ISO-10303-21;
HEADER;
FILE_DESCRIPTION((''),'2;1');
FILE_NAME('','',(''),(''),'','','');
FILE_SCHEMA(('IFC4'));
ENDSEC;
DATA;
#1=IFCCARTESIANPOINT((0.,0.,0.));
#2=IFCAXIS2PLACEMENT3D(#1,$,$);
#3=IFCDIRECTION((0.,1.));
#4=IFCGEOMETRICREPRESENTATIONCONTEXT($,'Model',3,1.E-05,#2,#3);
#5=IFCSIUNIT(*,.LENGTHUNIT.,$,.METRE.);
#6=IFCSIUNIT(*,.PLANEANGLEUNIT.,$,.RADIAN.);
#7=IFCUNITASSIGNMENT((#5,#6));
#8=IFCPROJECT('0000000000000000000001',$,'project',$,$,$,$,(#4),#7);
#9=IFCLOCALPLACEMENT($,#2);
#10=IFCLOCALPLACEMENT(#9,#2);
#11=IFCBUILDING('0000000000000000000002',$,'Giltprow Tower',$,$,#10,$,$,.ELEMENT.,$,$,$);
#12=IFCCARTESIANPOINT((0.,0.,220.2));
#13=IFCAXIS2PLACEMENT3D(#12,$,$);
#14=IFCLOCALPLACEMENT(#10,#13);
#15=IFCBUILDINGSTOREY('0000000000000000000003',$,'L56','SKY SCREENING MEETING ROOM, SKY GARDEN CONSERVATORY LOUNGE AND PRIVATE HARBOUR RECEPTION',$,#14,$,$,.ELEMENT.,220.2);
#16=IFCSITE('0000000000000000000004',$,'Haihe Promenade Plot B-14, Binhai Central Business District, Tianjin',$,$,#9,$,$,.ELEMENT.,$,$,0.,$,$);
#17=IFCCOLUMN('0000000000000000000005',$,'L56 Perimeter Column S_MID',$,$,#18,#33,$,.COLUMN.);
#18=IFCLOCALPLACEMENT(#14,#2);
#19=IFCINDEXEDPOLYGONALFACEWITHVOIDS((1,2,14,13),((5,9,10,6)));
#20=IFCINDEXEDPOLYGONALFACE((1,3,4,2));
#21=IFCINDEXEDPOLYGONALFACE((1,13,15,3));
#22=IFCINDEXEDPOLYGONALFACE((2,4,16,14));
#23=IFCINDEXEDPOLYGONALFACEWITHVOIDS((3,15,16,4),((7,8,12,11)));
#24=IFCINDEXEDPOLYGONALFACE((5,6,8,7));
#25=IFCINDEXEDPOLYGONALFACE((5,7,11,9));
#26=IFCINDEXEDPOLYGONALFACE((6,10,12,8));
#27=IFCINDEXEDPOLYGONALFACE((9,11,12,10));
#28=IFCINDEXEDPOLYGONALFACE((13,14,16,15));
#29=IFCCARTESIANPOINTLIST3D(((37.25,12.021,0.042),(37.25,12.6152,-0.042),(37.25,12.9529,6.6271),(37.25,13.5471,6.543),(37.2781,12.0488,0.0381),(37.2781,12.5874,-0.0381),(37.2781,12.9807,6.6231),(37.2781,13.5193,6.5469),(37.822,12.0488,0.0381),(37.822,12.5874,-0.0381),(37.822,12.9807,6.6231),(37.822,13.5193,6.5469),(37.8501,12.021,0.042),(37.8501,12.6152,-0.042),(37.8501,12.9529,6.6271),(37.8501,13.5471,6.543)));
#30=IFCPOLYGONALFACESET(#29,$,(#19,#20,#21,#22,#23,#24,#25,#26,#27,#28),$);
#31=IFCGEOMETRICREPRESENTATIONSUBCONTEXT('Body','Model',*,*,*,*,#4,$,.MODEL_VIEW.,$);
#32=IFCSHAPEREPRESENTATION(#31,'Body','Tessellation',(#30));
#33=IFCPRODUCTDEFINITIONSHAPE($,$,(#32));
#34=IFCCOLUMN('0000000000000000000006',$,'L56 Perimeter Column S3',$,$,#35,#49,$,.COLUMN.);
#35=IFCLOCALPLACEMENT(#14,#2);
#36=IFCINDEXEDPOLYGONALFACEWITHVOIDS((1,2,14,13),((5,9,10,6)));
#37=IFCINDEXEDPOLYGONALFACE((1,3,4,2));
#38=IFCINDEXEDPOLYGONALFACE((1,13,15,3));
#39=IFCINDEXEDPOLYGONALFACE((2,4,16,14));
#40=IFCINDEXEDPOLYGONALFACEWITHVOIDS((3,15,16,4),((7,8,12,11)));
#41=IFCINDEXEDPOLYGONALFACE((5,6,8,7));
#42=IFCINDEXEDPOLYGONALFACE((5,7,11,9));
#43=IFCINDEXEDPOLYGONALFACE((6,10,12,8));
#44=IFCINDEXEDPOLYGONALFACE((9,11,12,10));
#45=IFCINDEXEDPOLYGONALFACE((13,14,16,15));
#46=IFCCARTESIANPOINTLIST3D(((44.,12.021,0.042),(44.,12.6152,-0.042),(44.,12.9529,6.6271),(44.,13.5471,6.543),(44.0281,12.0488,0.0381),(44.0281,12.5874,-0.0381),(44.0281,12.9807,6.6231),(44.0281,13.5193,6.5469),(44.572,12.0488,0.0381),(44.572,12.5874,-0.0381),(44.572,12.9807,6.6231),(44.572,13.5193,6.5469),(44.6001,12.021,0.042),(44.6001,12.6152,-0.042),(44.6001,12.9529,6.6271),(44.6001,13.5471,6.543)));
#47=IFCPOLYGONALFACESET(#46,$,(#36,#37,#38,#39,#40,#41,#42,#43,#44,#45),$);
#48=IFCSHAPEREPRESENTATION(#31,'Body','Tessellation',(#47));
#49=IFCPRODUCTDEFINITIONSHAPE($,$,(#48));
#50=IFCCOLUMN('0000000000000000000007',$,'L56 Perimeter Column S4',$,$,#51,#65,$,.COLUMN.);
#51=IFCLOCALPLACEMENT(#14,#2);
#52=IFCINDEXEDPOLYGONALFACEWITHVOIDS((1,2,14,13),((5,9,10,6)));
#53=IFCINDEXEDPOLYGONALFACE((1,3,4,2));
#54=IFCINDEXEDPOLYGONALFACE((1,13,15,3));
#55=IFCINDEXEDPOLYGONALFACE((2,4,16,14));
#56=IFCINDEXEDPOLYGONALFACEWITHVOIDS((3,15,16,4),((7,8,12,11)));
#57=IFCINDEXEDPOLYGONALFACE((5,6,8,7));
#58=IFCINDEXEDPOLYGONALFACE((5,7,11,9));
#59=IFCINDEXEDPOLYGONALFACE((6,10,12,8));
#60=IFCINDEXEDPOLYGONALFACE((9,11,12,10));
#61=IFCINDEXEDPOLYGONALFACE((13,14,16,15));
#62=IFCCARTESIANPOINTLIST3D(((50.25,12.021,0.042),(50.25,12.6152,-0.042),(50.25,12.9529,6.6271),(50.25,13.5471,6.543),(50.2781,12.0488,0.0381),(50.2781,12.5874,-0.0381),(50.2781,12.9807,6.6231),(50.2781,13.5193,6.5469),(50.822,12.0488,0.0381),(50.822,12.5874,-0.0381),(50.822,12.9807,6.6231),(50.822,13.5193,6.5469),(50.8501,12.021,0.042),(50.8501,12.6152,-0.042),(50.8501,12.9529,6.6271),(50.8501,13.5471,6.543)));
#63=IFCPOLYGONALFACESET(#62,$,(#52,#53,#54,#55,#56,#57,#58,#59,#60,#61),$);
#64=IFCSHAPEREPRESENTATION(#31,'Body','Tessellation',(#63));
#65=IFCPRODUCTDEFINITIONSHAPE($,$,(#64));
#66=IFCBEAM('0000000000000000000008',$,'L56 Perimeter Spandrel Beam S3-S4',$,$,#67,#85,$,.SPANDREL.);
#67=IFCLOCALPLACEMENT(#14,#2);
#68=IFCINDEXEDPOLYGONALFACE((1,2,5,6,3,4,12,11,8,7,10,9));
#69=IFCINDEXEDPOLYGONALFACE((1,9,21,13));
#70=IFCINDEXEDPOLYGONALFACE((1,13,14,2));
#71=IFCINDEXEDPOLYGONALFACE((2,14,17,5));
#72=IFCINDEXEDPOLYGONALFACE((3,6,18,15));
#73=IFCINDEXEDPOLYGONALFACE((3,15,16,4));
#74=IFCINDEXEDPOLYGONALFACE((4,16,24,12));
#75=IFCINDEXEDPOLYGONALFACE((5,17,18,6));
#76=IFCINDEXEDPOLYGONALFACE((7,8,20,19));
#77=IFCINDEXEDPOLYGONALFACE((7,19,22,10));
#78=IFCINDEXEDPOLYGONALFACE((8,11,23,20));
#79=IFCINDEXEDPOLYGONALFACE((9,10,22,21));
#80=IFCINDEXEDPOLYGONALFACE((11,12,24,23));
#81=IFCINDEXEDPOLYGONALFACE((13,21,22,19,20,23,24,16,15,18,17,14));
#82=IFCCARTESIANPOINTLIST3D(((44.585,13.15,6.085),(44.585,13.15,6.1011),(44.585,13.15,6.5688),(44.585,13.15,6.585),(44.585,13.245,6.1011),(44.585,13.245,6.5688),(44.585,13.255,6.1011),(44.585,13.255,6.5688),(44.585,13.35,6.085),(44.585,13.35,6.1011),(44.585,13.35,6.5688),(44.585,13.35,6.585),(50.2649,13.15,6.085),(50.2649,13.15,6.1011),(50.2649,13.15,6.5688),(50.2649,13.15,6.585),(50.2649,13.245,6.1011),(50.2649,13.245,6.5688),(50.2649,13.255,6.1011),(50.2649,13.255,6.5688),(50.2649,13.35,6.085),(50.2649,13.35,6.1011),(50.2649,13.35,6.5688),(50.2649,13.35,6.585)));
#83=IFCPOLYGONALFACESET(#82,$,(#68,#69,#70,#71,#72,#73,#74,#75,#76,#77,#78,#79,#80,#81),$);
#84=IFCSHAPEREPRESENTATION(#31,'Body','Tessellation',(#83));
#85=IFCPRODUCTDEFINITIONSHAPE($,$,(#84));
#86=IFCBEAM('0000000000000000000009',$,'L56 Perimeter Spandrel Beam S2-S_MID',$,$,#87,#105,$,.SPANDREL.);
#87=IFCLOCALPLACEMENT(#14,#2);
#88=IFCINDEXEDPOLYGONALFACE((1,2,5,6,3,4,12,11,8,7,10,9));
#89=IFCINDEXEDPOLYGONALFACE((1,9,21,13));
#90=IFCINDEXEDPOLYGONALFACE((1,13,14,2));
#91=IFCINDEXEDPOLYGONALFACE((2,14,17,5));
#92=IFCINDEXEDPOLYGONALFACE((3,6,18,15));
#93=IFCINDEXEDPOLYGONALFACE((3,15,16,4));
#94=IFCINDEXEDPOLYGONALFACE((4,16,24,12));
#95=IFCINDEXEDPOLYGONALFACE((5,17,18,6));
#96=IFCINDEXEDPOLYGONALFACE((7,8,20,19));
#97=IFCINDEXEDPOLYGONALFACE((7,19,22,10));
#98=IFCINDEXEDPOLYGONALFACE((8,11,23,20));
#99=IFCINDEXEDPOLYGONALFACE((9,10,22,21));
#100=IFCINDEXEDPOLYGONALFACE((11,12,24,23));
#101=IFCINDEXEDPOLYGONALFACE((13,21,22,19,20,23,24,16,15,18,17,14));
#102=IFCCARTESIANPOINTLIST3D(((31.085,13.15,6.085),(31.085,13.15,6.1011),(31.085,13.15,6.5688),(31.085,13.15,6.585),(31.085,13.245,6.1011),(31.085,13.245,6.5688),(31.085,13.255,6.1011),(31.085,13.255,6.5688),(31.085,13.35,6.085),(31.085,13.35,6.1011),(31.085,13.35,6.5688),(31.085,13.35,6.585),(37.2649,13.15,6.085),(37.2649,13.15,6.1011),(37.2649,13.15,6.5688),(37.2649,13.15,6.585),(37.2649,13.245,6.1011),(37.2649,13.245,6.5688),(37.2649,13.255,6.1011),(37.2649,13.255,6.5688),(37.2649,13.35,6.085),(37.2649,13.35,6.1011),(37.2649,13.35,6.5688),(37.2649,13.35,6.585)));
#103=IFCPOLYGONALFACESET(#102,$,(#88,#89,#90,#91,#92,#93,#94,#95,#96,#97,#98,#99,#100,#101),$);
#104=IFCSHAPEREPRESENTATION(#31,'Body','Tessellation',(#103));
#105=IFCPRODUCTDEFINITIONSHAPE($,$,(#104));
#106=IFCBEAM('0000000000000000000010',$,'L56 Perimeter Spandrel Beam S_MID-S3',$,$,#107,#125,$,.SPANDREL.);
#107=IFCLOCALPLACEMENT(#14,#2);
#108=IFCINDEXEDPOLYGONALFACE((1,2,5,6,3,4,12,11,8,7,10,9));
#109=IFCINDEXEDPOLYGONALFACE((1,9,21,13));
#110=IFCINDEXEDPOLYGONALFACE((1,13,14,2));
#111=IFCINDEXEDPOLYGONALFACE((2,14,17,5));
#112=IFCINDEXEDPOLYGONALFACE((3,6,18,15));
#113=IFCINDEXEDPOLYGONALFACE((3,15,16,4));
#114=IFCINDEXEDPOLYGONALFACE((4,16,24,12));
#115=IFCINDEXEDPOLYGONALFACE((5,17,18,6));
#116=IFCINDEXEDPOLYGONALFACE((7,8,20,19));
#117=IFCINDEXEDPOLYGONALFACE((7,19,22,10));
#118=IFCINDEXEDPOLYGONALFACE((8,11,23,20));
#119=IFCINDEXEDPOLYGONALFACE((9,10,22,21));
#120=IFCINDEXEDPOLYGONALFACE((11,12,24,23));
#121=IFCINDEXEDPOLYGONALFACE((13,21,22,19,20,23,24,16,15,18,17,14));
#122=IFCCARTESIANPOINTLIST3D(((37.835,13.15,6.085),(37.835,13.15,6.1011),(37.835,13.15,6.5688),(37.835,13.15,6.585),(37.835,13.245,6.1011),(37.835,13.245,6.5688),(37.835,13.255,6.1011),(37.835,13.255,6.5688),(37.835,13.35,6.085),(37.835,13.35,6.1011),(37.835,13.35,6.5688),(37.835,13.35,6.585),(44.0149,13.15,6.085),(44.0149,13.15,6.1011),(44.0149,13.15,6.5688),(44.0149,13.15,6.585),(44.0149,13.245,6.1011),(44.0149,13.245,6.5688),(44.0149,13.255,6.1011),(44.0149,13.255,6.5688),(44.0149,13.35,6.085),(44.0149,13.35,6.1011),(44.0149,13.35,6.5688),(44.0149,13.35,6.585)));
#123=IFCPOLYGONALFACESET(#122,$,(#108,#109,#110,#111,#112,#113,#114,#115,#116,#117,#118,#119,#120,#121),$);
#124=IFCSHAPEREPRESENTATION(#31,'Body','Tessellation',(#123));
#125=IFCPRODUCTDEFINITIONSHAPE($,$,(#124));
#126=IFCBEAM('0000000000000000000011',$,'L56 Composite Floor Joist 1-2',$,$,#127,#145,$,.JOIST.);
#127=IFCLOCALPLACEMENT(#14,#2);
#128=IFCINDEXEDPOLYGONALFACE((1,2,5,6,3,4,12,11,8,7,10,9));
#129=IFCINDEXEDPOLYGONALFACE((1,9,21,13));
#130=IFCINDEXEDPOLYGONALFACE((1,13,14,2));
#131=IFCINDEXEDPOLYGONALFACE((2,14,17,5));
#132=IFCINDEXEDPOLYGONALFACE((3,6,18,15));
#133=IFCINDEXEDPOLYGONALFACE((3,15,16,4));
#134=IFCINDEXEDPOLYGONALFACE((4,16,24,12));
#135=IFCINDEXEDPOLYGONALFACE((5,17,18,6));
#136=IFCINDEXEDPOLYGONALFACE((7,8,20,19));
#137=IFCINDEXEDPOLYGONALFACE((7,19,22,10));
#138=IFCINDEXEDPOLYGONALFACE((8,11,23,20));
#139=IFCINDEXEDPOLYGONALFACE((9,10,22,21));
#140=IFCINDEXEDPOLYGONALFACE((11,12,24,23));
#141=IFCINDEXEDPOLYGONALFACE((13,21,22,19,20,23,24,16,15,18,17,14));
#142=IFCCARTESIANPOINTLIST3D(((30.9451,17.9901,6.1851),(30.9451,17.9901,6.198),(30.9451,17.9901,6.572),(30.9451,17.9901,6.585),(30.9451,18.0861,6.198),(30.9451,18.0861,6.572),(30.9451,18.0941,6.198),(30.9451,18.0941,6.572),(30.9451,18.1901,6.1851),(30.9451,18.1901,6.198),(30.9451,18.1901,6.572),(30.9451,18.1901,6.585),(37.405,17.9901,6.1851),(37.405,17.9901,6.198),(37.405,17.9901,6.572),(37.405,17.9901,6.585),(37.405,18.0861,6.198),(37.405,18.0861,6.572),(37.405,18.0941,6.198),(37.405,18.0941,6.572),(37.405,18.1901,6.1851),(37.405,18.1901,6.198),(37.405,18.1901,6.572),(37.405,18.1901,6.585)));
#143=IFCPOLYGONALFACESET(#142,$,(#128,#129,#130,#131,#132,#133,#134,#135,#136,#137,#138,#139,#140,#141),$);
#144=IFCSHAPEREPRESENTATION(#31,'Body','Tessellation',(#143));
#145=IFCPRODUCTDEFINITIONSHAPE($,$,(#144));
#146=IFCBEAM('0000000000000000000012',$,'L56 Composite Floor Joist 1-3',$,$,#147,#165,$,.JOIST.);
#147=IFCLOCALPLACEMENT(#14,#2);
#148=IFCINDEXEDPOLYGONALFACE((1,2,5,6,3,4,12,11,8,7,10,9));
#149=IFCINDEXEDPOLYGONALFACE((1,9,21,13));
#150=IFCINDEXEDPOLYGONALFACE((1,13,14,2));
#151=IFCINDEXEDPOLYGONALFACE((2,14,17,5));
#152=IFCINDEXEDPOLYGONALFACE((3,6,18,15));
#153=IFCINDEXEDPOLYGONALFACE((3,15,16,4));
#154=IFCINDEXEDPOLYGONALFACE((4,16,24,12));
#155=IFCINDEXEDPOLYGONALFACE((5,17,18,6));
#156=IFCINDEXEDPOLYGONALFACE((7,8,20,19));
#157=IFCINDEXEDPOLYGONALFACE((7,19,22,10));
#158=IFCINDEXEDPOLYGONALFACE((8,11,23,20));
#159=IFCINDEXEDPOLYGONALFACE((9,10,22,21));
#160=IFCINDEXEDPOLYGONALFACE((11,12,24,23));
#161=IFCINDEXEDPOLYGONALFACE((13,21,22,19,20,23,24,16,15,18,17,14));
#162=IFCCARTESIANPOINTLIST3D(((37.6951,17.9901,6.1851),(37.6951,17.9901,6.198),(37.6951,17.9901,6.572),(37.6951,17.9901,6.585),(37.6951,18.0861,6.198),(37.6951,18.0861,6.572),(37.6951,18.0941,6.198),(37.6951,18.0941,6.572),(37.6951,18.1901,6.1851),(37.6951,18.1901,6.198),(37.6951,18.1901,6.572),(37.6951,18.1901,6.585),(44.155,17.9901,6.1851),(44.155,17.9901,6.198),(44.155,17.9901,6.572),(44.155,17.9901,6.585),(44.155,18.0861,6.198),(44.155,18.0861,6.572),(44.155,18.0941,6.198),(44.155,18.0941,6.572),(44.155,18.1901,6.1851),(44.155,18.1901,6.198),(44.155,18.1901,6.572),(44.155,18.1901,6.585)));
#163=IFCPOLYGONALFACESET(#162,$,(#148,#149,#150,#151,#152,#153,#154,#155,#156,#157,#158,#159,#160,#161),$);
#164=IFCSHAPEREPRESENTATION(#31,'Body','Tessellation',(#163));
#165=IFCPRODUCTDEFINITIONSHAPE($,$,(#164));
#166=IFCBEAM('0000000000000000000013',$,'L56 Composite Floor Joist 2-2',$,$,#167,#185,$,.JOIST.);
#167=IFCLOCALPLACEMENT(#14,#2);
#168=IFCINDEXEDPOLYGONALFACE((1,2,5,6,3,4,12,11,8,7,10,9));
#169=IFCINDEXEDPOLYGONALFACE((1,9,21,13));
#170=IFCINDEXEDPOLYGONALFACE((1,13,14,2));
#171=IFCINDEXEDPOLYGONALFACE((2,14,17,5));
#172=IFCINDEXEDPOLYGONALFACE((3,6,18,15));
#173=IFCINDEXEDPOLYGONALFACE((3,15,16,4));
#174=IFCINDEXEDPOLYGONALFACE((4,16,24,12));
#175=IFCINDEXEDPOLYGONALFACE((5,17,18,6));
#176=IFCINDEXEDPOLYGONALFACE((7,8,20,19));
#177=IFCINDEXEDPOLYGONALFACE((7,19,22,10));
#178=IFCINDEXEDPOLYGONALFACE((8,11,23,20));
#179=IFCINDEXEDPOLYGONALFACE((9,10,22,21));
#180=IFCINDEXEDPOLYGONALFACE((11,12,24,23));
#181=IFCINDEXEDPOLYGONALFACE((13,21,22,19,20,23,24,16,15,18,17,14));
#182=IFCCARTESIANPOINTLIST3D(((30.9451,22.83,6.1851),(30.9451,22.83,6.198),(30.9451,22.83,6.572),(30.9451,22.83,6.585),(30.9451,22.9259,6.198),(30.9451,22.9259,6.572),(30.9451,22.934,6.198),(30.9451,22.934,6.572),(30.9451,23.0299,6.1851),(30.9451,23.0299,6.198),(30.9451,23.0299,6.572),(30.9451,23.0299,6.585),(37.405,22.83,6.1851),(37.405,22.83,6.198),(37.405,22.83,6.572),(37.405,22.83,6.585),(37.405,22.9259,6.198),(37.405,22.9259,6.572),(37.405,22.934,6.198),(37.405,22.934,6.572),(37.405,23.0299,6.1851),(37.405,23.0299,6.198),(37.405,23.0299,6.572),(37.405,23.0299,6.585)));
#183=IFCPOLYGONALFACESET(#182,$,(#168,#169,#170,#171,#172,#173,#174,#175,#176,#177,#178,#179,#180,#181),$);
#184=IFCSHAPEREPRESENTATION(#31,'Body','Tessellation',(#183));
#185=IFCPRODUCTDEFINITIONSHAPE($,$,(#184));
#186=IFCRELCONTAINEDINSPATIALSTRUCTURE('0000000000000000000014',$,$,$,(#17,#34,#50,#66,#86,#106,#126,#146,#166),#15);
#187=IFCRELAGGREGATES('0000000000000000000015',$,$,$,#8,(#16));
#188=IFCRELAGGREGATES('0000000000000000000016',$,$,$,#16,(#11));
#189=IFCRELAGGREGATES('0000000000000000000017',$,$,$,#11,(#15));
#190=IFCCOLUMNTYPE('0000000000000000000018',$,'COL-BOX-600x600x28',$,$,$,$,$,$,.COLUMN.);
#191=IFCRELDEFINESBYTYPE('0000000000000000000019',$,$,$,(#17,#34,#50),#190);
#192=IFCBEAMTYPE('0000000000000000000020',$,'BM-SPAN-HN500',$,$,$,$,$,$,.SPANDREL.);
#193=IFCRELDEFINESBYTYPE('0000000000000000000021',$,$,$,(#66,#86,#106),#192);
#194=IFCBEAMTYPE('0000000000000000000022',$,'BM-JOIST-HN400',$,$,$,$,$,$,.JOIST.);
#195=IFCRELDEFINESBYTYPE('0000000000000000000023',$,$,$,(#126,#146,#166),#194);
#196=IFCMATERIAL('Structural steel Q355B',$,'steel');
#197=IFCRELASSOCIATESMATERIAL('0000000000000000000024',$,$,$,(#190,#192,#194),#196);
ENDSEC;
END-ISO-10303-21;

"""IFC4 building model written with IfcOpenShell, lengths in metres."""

from ifc_helpers import new_model, si_unit, direction, frame, origin, origin_2d, place, context, subcontext, project, spatial, hollow_rectangle, i_section, extrude, source, transform, mapped, material, material_profile, profile_set, type_object, element, save


model = new_model("IFC4")

# Units and contexts
model_context = context("Model", 3, precision=1e-05, world=origin(), true_north=direction((0.0, 1.0)))
body_context = subcontext(model_context, "Body", "Model", "MODEL_VIEW")
ifc_project = project(units=[si_unit("LENGTHUNIT", "METRE"), si_unit("PLANEANGLEUNIT", "RADIAN")], contexts=[model_context])

# Site, building, storey
site_placement = place(None, origin())
site = spatial("IfcSite", under=ifc_project, at=site_placement, Name="Haihe Promenade Plot B-14, Binhai Central Business District, Tianjin", CompositionType="ELEMENT", RefElevation=0.0)
building_placement = place(site_placement, origin())
building = spatial("IfcBuilding", under=site, at=building_placement, Name="Giltprow Tower", CompositionType="ELEMENT")
storey_placement = place(building_placement, frame((0.0, 0.0, 220.2)))
storey = spatial("IfcBuildingStorey", under=building, at=storey_placement, Name="L56", Description="SKY SCREENING MEETING ROOM, SKY GARDEN CONSERVATORY LOUNGE AND PRIVATE HARBOUR RECEPTION", CompositionType="ELEMENT", Elevation=220.2)

# Columns
ifc_material_1 = material(Name="Structural steel Q355B", Category="steel")
ifc_material_profile_1 = material_profile(ifc_material_1, hollow_rectangle(XDim=0.6001, YDim=0.6001, WallThickness=0.0281, at=origin_2d()), Name="BOX 600x600x28")
ifc_profile_set_1 = profile_set([ifc_material_profile_1], Name="Structural steel Q355B")
column_type = type_object("IfcColumnType", Name="COL-BOX-600x600x28", PredefinedType="COLUMN", material=ifc_profile_set_1)
shared_shape_1 = source(origin(), body_context, "Body", "SweptSolid", [
    extrude(hollow_rectangle(XDim=0.6001, YDim=0.6001, WallThickness=0.0281, at=origin_2d()), origin(), (0.0, 0.0, 1.0), 6.6506),
])
for number, where, z_axis, x_axis, name in (
    (1, (37.55, 12.3181, 0.0), (0.0, 0.140121, 0.990134), (-1.0, 0.0, 0.0), "L56 Perimeter Column S_MID"),
    (2, (44.3, 12.3181, 0.0), (0.0, 0.140121, 0.990134), (-1.0, 0.0, 0.0), "L56 Perimeter Column S3"),
    (3, (50.55, 12.3181, 0.0), (0.0, 0.140121, 0.990134), (-1.0, 0.0, 0.0), "L56 Perimeter Column S4"),
):
    element("IfcColumn", number, at=place(storey_placement, frame(where, z_axis=z_axis, x_axis=x_axis)), inside=storey, type_object=column_type, Name=name, PredefinedType="COLUMN", context=body_context, shape_type="MappedRepresentation", body=[
        mapped(shared_shape_1, transform((0.0, 0.0, 0.0), x_axis=(1.0, 0.0, 0.0), y_axis=(0.0, 1.0, 0.0), z_axis=(0.0, 0.0, 1.0), scale=1.0)),
    ])

# Beams
ifc_material_profile_2 = material_profile(ifc_material_1, i_section(OverallWidth=0.2, OverallDepth=0.5, WebThickness=0.01, FlangeThickness=0.0161, at=origin_2d()), Name="HN 500x200x10x16")
ifc_profile_set_2 = profile_set([ifc_material_profile_2], Name="Structural steel Q355B")
beam_type_1 = type_object("IfcBeamType", Name="BM-SPAN-HN500", PredefinedType="SPANDREL", material=ifc_profile_set_2)
shared_shape_2 = source(origin(), body_context, "Body", "SweptSolid", [
    extrude(i_section(OverallWidth=0.2, OverallDepth=0.5, WebThickness=0.01, FlangeThickness=0.0161, at=origin_2d()), origin(), (0.0, 0.0, 1.0), 5.6799),
])
beam_1_placement = place(storey_placement, frame((44.585, 13.25, 6.335), z_axis=(1.0, 0.0, 0.0), x_axis=(0.0, 1.0, 0.0)))
element("IfcBeam", 4, at=beam_1_placement, inside=storey, type_object=beam_type_1, Name="L56 Perimeter Spandrel Beam S3-S4", PredefinedType="SPANDREL", context=body_context, shape_type="MappedRepresentation", body=[
    mapped(shared_shape_2, transform((0.0, 0.0, 0.0), x_axis=(1.0, 0.0, 0.0), y_axis=(0.0, 1.0, 0.0), z_axis=(0.0, 0.0, 1.0), scale=1.0)),
])
shared_shape_3 = source(origin(), body_context, "Body", "SweptSolid", [
    extrude(i_section(OverallWidth=0.2, OverallDepth=0.5, WebThickness=0.01, FlangeThickness=0.0161, at=origin_2d()), origin(), (0.0, 0.0, 1.0), 6.1799),
])
for number, where, z_axis, x_axis, name in (
    (5, (31.085, 13.25, 6.335), (1.0, 0.0, 0.0), (0.0, 1.0, 0.0), "L56 Perimeter Spandrel Beam S2-S_MID"),
    (6, (37.835, 13.25, 6.335), (1.0, 0.0, 0.0), (0.0, 1.0, 0.0), "L56 Perimeter Spandrel Beam S_MID-S3"),
):
    element("IfcBeam", number, at=place(storey_placement, frame(where, z_axis=z_axis, x_axis=x_axis)), inside=storey, type_object=beam_type_1, Name=name, PredefinedType="SPANDREL", context=body_context, shape_type="MappedRepresentation", body=[
        mapped(shared_shape_3, transform((0.0, 0.0, 0.0), x_axis=(1.0, 0.0, 0.0), y_axis=(0.0, 1.0, 0.0), z_axis=(0.0, 0.0, 1.0), scale=1.0)),
    ])
ifc_material_profile_3 = material_profile(ifc_material_1, i_section(OverallWidth=0.2, OverallDepth=0.3999, WebThickness=0.0081, FlangeThickness=0.0129, at=origin_2d()), Name="HN 400x200x8x13")
ifc_profile_set_3 = profile_set([ifc_material_profile_3], Name="Structural steel Q355B")
beam_type_2 = type_object("IfcBeamType", Name="BM-JOIST-HN400", PredefinedType="JOIST", material=ifc_profile_set_3)
shared_shape_4 = source(origin(), body_context, "Body", "SweptSolid", [
    extrude(i_section(OverallWidth=0.2, OverallDepth=0.3999, WebThickness=0.0081, FlangeThickness=0.0129, at=origin_2d()), origin(), (0.0, 0.0, 1.0), 6.46),
])
for number, where, z_axis, x_axis, name in (
    (7, (30.9451, 18.0901, 6.385), (1.0, 0.0, 0.0), (0.0, 1.0, 0.0), "L56 Composite Floor Joist 1-2"),
    (8, (37.6951, 18.0901, 6.385), (1.0, 0.0, 0.0), (0.0, 1.0, 0.0), "L56 Composite Floor Joist 1-3"),
    (9, (30.9451, 22.9299, 6.385), (1.0, 0.0, 0.0), (0.0, 1.0, 0.0), "L56 Composite Floor Joist 2-2"),
):
    element("IfcBeam", number, at=place(storey_placement, frame(where, z_axis=z_axis, x_axis=x_axis)), inside=storey, type_object=beam_type_2, Name=name, PredefinedType="JOIST", context=body_context, shape_type="MappedRepresentation", body=[
        mapped(shared_shape_4, transform((0.0, 0.0, 0.0), x_axis=(1.0, 0.0, 0.0), y_axis=(0.0, 1.0, 0.0), z_axis=(0.0, 0.0, 1.0), scale=1.0)),
    ])

save(model, "model.ifc")
